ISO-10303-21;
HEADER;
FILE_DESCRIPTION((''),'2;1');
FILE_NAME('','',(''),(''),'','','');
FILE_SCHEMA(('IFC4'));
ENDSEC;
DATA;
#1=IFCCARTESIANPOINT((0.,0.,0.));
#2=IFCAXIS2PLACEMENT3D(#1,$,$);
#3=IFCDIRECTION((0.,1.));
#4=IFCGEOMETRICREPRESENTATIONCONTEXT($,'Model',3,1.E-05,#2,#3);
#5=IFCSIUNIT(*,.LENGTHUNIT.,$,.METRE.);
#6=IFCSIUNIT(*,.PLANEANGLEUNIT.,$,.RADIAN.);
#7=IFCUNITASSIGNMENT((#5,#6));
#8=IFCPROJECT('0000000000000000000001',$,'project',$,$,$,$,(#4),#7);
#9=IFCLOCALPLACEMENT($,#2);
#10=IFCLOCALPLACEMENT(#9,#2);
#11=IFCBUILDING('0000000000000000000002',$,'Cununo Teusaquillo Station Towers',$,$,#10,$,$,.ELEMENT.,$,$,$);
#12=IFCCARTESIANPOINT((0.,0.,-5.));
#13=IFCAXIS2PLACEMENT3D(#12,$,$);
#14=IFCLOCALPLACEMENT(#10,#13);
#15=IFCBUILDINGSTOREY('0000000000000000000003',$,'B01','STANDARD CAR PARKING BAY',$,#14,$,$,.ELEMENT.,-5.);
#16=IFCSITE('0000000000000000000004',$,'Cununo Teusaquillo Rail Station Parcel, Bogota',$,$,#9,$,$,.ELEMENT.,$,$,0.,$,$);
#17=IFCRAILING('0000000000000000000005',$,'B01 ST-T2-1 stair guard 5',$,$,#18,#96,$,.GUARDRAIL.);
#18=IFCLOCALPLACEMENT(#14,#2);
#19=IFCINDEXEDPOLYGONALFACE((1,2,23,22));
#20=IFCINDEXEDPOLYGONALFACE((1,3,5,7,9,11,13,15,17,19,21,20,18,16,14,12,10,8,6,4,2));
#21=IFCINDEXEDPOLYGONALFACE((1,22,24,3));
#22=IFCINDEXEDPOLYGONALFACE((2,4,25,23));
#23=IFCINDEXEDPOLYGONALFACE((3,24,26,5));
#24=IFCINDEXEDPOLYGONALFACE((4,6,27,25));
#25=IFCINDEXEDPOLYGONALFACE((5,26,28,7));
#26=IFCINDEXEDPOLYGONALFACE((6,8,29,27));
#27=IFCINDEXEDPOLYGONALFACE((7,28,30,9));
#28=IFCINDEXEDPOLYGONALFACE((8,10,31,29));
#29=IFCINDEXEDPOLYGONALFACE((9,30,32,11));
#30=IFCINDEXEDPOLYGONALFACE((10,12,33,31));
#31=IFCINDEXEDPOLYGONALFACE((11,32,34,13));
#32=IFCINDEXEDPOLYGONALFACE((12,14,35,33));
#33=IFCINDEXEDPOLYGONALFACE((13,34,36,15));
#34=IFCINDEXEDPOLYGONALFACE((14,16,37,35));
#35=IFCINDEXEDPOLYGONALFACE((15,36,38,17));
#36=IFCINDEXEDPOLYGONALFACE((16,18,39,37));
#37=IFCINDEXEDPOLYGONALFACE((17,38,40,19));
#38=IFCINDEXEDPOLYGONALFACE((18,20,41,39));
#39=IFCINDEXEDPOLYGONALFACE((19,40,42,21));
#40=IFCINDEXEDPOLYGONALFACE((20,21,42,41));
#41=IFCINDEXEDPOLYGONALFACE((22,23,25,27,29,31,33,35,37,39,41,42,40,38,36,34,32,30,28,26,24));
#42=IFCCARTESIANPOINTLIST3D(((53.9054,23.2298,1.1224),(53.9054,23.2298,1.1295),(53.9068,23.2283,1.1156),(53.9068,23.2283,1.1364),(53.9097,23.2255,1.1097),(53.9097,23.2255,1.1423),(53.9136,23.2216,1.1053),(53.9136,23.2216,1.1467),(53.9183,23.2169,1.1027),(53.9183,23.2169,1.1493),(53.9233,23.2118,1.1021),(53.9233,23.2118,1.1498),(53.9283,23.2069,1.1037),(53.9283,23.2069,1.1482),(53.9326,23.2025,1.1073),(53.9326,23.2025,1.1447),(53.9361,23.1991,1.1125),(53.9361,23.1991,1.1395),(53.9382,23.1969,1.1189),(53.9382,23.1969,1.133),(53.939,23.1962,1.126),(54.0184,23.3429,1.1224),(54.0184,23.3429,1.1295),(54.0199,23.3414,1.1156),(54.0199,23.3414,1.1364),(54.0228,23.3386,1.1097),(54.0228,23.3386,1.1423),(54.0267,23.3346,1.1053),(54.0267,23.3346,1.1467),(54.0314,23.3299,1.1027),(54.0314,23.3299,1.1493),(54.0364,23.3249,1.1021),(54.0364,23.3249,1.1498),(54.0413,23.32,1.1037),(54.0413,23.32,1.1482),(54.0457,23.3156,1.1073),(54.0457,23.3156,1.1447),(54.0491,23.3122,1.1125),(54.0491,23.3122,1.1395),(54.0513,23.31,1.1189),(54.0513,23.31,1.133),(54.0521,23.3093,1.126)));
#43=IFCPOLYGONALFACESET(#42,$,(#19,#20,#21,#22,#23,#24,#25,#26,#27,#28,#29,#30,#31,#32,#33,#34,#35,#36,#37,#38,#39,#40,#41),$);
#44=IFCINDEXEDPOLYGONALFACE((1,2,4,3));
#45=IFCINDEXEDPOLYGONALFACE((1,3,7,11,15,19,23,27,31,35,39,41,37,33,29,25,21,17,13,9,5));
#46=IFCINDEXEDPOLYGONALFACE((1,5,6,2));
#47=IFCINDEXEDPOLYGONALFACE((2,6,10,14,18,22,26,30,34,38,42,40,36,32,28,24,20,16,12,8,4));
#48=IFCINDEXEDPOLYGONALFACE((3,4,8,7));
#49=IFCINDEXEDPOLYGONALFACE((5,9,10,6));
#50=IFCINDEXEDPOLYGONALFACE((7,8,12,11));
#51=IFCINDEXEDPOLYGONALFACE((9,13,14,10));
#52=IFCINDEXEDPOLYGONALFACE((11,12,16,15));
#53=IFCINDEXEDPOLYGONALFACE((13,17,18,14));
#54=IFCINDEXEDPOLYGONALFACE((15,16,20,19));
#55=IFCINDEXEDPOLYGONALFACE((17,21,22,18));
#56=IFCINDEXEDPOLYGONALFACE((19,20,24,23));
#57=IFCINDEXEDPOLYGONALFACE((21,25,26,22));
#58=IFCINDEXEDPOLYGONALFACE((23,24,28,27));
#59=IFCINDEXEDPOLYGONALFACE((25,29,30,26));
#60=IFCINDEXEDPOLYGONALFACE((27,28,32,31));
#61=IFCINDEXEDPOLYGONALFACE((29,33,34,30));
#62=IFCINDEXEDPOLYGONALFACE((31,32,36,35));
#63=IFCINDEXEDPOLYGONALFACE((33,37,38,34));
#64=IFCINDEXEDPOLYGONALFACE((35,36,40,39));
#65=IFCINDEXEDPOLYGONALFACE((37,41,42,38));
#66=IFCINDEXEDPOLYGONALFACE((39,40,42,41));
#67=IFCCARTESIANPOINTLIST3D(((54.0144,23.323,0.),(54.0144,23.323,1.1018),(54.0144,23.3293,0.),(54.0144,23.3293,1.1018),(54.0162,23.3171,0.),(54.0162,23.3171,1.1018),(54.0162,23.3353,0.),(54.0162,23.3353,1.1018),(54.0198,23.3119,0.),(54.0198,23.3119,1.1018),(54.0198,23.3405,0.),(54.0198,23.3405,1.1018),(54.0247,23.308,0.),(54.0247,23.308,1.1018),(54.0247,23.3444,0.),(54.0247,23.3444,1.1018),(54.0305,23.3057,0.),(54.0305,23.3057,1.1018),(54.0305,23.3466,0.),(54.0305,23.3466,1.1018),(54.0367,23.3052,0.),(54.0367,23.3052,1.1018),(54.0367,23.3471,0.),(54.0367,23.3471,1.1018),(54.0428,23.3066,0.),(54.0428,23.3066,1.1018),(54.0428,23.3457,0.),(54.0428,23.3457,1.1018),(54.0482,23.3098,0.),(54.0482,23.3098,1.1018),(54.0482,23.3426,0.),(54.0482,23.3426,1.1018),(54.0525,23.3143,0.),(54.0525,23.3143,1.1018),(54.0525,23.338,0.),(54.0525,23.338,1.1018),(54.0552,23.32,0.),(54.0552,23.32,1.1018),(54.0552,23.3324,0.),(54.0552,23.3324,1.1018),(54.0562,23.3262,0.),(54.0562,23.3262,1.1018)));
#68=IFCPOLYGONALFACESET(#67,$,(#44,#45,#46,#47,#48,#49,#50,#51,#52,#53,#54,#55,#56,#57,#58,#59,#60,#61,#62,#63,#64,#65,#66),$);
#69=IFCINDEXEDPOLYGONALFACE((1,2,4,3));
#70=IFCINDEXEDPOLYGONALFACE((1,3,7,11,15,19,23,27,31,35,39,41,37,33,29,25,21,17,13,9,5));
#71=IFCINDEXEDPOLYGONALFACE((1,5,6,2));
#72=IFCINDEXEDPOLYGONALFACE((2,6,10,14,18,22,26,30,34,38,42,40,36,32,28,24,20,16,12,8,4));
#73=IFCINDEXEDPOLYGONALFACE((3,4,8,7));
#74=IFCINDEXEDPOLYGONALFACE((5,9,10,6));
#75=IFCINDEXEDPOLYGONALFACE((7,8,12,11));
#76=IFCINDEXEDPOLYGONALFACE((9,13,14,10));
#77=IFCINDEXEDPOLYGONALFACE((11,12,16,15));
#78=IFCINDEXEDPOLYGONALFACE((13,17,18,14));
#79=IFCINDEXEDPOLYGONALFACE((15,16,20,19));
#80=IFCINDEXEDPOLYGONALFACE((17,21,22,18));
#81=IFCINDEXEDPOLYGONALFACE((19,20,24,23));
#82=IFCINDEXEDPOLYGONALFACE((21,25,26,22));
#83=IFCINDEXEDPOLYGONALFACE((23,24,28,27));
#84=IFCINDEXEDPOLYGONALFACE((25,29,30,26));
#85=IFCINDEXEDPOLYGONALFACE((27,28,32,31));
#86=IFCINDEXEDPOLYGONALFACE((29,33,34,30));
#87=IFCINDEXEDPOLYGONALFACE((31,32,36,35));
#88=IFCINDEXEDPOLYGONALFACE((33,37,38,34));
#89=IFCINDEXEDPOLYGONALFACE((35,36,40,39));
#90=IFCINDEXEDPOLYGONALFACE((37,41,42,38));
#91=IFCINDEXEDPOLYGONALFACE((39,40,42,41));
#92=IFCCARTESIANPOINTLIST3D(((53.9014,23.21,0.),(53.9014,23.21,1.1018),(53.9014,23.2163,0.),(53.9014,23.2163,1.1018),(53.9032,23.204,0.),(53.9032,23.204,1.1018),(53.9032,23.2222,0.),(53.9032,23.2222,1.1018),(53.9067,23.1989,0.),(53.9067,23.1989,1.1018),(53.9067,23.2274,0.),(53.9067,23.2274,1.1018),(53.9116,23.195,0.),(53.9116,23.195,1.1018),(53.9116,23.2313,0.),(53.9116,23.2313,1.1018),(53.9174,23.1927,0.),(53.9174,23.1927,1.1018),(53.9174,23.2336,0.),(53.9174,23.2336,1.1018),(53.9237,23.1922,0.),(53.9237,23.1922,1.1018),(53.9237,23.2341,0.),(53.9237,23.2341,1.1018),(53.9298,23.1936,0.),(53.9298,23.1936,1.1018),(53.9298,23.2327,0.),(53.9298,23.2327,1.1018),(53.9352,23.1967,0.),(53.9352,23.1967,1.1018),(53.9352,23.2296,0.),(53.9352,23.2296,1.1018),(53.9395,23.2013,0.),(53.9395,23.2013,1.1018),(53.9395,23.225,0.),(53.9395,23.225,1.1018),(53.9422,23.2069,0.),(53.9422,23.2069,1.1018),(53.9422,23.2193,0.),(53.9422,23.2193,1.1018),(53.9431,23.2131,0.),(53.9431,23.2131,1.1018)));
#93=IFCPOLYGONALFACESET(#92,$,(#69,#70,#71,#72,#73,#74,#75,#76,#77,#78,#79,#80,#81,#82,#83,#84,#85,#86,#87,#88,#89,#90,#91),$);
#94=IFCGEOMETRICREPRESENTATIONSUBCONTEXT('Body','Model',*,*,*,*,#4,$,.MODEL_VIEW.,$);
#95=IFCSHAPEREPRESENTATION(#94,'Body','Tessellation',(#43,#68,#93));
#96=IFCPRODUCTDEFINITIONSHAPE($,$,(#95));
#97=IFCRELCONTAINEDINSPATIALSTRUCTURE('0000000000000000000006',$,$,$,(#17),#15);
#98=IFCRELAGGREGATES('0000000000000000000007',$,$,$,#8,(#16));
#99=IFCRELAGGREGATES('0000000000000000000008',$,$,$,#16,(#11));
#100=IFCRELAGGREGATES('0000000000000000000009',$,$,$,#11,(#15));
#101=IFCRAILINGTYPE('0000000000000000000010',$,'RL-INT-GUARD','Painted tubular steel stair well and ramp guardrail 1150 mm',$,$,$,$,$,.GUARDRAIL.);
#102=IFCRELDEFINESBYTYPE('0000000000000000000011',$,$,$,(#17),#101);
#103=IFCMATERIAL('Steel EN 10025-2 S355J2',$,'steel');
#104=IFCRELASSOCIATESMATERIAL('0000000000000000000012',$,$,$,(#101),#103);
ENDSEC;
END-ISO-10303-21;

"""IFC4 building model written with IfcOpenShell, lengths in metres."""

from ifc_helpers import new_model, si_unit, direction, frame, origin, origin_2d, place, context, subcontext, project, spatial, circle, extrude, material, type_object, element, save


model = new_model("IFC4")

# Units and contexts
model_context = context("Model", 3, precision=1e-05, world=origin(), true_north=direction((0.0, 1.0)))
body_context = subcontext(model_context, "Body", "Model", "MODEL_VIEW")
ifc_project = project(units=[si_unit("LENGTHUNIT", "METRE"), si_unit("PLANEANGLEUNIT", "RADIAN")], contexts=[model_context])

# Site, building, storey
site_placement = place(None, origin())
site = spatial("IfcSite", under=ifc_project, at=site_placement, Name="Cununo Teusaquillo Rail Station Parcel, Bogota", CompositionType="ELEMENT", RefElevation=0.0)
building_placement = place(site_placement, origin())
building = spatial("IfcBuilding", under=site, at=building_placement, Name="Cununo Teusaquillo Station Towers", CompositionType="ELEMENT")
storey_placement = place(building_placement, frame((0.0, 0.0, -5.0)))
storey = spatial("IfcBuildingStorey", under=building, at=storey_placement, Name="B01", Description="STANDARD CAR PARKING BAY", CompositionType="ELEMENT", Elevation=-5.0)

# Railing
ifc_material_1 = material(Name="Steel EN 10025-2 S355J2", Category="steel")
railing_type_1 = type_object("IfcRailingType", Name="RL-INT-GUARD", Description="Painted tubular steel stair well and ramp guardrail 1150 mm", PredefinedType="GUARDRAIL", material=ifc_material_1)
railing_1_placement = place(storey_placement, frame((54.0352, 23.3262, 0.0)))
element("IfcRailing", 1, at=railing_1_placement, inside=storey, type_object=railing_type_1, Name="B01 ST-T2-1 stair guard 5", PredefinedType="GUARDRAIL", context=body_context, shape_type="SweptSolid", body=[
    extrude(circle(Radius=0.0239, at=origin_2d()), frame((0.0, 0.0, 1.126), z_axis=(-0.707107, -0.707107, 0.0), x_axis=(0.707107, -0.707107, 0.0)), (0.0, 0.0, 1.0), 0.1599),
    extrude(circle(Radius=0.021, at=origin_2d()), origin(), (0.0, 0.0, 1.0), 1.1018),
    extrude(circle(Radius=0.021, at=origin_2d()), frame((-0.113, -0.113, 0.0)), (0.0, 0.0, 1.0), 1.1018),
])

save(model, "model.ifc")
